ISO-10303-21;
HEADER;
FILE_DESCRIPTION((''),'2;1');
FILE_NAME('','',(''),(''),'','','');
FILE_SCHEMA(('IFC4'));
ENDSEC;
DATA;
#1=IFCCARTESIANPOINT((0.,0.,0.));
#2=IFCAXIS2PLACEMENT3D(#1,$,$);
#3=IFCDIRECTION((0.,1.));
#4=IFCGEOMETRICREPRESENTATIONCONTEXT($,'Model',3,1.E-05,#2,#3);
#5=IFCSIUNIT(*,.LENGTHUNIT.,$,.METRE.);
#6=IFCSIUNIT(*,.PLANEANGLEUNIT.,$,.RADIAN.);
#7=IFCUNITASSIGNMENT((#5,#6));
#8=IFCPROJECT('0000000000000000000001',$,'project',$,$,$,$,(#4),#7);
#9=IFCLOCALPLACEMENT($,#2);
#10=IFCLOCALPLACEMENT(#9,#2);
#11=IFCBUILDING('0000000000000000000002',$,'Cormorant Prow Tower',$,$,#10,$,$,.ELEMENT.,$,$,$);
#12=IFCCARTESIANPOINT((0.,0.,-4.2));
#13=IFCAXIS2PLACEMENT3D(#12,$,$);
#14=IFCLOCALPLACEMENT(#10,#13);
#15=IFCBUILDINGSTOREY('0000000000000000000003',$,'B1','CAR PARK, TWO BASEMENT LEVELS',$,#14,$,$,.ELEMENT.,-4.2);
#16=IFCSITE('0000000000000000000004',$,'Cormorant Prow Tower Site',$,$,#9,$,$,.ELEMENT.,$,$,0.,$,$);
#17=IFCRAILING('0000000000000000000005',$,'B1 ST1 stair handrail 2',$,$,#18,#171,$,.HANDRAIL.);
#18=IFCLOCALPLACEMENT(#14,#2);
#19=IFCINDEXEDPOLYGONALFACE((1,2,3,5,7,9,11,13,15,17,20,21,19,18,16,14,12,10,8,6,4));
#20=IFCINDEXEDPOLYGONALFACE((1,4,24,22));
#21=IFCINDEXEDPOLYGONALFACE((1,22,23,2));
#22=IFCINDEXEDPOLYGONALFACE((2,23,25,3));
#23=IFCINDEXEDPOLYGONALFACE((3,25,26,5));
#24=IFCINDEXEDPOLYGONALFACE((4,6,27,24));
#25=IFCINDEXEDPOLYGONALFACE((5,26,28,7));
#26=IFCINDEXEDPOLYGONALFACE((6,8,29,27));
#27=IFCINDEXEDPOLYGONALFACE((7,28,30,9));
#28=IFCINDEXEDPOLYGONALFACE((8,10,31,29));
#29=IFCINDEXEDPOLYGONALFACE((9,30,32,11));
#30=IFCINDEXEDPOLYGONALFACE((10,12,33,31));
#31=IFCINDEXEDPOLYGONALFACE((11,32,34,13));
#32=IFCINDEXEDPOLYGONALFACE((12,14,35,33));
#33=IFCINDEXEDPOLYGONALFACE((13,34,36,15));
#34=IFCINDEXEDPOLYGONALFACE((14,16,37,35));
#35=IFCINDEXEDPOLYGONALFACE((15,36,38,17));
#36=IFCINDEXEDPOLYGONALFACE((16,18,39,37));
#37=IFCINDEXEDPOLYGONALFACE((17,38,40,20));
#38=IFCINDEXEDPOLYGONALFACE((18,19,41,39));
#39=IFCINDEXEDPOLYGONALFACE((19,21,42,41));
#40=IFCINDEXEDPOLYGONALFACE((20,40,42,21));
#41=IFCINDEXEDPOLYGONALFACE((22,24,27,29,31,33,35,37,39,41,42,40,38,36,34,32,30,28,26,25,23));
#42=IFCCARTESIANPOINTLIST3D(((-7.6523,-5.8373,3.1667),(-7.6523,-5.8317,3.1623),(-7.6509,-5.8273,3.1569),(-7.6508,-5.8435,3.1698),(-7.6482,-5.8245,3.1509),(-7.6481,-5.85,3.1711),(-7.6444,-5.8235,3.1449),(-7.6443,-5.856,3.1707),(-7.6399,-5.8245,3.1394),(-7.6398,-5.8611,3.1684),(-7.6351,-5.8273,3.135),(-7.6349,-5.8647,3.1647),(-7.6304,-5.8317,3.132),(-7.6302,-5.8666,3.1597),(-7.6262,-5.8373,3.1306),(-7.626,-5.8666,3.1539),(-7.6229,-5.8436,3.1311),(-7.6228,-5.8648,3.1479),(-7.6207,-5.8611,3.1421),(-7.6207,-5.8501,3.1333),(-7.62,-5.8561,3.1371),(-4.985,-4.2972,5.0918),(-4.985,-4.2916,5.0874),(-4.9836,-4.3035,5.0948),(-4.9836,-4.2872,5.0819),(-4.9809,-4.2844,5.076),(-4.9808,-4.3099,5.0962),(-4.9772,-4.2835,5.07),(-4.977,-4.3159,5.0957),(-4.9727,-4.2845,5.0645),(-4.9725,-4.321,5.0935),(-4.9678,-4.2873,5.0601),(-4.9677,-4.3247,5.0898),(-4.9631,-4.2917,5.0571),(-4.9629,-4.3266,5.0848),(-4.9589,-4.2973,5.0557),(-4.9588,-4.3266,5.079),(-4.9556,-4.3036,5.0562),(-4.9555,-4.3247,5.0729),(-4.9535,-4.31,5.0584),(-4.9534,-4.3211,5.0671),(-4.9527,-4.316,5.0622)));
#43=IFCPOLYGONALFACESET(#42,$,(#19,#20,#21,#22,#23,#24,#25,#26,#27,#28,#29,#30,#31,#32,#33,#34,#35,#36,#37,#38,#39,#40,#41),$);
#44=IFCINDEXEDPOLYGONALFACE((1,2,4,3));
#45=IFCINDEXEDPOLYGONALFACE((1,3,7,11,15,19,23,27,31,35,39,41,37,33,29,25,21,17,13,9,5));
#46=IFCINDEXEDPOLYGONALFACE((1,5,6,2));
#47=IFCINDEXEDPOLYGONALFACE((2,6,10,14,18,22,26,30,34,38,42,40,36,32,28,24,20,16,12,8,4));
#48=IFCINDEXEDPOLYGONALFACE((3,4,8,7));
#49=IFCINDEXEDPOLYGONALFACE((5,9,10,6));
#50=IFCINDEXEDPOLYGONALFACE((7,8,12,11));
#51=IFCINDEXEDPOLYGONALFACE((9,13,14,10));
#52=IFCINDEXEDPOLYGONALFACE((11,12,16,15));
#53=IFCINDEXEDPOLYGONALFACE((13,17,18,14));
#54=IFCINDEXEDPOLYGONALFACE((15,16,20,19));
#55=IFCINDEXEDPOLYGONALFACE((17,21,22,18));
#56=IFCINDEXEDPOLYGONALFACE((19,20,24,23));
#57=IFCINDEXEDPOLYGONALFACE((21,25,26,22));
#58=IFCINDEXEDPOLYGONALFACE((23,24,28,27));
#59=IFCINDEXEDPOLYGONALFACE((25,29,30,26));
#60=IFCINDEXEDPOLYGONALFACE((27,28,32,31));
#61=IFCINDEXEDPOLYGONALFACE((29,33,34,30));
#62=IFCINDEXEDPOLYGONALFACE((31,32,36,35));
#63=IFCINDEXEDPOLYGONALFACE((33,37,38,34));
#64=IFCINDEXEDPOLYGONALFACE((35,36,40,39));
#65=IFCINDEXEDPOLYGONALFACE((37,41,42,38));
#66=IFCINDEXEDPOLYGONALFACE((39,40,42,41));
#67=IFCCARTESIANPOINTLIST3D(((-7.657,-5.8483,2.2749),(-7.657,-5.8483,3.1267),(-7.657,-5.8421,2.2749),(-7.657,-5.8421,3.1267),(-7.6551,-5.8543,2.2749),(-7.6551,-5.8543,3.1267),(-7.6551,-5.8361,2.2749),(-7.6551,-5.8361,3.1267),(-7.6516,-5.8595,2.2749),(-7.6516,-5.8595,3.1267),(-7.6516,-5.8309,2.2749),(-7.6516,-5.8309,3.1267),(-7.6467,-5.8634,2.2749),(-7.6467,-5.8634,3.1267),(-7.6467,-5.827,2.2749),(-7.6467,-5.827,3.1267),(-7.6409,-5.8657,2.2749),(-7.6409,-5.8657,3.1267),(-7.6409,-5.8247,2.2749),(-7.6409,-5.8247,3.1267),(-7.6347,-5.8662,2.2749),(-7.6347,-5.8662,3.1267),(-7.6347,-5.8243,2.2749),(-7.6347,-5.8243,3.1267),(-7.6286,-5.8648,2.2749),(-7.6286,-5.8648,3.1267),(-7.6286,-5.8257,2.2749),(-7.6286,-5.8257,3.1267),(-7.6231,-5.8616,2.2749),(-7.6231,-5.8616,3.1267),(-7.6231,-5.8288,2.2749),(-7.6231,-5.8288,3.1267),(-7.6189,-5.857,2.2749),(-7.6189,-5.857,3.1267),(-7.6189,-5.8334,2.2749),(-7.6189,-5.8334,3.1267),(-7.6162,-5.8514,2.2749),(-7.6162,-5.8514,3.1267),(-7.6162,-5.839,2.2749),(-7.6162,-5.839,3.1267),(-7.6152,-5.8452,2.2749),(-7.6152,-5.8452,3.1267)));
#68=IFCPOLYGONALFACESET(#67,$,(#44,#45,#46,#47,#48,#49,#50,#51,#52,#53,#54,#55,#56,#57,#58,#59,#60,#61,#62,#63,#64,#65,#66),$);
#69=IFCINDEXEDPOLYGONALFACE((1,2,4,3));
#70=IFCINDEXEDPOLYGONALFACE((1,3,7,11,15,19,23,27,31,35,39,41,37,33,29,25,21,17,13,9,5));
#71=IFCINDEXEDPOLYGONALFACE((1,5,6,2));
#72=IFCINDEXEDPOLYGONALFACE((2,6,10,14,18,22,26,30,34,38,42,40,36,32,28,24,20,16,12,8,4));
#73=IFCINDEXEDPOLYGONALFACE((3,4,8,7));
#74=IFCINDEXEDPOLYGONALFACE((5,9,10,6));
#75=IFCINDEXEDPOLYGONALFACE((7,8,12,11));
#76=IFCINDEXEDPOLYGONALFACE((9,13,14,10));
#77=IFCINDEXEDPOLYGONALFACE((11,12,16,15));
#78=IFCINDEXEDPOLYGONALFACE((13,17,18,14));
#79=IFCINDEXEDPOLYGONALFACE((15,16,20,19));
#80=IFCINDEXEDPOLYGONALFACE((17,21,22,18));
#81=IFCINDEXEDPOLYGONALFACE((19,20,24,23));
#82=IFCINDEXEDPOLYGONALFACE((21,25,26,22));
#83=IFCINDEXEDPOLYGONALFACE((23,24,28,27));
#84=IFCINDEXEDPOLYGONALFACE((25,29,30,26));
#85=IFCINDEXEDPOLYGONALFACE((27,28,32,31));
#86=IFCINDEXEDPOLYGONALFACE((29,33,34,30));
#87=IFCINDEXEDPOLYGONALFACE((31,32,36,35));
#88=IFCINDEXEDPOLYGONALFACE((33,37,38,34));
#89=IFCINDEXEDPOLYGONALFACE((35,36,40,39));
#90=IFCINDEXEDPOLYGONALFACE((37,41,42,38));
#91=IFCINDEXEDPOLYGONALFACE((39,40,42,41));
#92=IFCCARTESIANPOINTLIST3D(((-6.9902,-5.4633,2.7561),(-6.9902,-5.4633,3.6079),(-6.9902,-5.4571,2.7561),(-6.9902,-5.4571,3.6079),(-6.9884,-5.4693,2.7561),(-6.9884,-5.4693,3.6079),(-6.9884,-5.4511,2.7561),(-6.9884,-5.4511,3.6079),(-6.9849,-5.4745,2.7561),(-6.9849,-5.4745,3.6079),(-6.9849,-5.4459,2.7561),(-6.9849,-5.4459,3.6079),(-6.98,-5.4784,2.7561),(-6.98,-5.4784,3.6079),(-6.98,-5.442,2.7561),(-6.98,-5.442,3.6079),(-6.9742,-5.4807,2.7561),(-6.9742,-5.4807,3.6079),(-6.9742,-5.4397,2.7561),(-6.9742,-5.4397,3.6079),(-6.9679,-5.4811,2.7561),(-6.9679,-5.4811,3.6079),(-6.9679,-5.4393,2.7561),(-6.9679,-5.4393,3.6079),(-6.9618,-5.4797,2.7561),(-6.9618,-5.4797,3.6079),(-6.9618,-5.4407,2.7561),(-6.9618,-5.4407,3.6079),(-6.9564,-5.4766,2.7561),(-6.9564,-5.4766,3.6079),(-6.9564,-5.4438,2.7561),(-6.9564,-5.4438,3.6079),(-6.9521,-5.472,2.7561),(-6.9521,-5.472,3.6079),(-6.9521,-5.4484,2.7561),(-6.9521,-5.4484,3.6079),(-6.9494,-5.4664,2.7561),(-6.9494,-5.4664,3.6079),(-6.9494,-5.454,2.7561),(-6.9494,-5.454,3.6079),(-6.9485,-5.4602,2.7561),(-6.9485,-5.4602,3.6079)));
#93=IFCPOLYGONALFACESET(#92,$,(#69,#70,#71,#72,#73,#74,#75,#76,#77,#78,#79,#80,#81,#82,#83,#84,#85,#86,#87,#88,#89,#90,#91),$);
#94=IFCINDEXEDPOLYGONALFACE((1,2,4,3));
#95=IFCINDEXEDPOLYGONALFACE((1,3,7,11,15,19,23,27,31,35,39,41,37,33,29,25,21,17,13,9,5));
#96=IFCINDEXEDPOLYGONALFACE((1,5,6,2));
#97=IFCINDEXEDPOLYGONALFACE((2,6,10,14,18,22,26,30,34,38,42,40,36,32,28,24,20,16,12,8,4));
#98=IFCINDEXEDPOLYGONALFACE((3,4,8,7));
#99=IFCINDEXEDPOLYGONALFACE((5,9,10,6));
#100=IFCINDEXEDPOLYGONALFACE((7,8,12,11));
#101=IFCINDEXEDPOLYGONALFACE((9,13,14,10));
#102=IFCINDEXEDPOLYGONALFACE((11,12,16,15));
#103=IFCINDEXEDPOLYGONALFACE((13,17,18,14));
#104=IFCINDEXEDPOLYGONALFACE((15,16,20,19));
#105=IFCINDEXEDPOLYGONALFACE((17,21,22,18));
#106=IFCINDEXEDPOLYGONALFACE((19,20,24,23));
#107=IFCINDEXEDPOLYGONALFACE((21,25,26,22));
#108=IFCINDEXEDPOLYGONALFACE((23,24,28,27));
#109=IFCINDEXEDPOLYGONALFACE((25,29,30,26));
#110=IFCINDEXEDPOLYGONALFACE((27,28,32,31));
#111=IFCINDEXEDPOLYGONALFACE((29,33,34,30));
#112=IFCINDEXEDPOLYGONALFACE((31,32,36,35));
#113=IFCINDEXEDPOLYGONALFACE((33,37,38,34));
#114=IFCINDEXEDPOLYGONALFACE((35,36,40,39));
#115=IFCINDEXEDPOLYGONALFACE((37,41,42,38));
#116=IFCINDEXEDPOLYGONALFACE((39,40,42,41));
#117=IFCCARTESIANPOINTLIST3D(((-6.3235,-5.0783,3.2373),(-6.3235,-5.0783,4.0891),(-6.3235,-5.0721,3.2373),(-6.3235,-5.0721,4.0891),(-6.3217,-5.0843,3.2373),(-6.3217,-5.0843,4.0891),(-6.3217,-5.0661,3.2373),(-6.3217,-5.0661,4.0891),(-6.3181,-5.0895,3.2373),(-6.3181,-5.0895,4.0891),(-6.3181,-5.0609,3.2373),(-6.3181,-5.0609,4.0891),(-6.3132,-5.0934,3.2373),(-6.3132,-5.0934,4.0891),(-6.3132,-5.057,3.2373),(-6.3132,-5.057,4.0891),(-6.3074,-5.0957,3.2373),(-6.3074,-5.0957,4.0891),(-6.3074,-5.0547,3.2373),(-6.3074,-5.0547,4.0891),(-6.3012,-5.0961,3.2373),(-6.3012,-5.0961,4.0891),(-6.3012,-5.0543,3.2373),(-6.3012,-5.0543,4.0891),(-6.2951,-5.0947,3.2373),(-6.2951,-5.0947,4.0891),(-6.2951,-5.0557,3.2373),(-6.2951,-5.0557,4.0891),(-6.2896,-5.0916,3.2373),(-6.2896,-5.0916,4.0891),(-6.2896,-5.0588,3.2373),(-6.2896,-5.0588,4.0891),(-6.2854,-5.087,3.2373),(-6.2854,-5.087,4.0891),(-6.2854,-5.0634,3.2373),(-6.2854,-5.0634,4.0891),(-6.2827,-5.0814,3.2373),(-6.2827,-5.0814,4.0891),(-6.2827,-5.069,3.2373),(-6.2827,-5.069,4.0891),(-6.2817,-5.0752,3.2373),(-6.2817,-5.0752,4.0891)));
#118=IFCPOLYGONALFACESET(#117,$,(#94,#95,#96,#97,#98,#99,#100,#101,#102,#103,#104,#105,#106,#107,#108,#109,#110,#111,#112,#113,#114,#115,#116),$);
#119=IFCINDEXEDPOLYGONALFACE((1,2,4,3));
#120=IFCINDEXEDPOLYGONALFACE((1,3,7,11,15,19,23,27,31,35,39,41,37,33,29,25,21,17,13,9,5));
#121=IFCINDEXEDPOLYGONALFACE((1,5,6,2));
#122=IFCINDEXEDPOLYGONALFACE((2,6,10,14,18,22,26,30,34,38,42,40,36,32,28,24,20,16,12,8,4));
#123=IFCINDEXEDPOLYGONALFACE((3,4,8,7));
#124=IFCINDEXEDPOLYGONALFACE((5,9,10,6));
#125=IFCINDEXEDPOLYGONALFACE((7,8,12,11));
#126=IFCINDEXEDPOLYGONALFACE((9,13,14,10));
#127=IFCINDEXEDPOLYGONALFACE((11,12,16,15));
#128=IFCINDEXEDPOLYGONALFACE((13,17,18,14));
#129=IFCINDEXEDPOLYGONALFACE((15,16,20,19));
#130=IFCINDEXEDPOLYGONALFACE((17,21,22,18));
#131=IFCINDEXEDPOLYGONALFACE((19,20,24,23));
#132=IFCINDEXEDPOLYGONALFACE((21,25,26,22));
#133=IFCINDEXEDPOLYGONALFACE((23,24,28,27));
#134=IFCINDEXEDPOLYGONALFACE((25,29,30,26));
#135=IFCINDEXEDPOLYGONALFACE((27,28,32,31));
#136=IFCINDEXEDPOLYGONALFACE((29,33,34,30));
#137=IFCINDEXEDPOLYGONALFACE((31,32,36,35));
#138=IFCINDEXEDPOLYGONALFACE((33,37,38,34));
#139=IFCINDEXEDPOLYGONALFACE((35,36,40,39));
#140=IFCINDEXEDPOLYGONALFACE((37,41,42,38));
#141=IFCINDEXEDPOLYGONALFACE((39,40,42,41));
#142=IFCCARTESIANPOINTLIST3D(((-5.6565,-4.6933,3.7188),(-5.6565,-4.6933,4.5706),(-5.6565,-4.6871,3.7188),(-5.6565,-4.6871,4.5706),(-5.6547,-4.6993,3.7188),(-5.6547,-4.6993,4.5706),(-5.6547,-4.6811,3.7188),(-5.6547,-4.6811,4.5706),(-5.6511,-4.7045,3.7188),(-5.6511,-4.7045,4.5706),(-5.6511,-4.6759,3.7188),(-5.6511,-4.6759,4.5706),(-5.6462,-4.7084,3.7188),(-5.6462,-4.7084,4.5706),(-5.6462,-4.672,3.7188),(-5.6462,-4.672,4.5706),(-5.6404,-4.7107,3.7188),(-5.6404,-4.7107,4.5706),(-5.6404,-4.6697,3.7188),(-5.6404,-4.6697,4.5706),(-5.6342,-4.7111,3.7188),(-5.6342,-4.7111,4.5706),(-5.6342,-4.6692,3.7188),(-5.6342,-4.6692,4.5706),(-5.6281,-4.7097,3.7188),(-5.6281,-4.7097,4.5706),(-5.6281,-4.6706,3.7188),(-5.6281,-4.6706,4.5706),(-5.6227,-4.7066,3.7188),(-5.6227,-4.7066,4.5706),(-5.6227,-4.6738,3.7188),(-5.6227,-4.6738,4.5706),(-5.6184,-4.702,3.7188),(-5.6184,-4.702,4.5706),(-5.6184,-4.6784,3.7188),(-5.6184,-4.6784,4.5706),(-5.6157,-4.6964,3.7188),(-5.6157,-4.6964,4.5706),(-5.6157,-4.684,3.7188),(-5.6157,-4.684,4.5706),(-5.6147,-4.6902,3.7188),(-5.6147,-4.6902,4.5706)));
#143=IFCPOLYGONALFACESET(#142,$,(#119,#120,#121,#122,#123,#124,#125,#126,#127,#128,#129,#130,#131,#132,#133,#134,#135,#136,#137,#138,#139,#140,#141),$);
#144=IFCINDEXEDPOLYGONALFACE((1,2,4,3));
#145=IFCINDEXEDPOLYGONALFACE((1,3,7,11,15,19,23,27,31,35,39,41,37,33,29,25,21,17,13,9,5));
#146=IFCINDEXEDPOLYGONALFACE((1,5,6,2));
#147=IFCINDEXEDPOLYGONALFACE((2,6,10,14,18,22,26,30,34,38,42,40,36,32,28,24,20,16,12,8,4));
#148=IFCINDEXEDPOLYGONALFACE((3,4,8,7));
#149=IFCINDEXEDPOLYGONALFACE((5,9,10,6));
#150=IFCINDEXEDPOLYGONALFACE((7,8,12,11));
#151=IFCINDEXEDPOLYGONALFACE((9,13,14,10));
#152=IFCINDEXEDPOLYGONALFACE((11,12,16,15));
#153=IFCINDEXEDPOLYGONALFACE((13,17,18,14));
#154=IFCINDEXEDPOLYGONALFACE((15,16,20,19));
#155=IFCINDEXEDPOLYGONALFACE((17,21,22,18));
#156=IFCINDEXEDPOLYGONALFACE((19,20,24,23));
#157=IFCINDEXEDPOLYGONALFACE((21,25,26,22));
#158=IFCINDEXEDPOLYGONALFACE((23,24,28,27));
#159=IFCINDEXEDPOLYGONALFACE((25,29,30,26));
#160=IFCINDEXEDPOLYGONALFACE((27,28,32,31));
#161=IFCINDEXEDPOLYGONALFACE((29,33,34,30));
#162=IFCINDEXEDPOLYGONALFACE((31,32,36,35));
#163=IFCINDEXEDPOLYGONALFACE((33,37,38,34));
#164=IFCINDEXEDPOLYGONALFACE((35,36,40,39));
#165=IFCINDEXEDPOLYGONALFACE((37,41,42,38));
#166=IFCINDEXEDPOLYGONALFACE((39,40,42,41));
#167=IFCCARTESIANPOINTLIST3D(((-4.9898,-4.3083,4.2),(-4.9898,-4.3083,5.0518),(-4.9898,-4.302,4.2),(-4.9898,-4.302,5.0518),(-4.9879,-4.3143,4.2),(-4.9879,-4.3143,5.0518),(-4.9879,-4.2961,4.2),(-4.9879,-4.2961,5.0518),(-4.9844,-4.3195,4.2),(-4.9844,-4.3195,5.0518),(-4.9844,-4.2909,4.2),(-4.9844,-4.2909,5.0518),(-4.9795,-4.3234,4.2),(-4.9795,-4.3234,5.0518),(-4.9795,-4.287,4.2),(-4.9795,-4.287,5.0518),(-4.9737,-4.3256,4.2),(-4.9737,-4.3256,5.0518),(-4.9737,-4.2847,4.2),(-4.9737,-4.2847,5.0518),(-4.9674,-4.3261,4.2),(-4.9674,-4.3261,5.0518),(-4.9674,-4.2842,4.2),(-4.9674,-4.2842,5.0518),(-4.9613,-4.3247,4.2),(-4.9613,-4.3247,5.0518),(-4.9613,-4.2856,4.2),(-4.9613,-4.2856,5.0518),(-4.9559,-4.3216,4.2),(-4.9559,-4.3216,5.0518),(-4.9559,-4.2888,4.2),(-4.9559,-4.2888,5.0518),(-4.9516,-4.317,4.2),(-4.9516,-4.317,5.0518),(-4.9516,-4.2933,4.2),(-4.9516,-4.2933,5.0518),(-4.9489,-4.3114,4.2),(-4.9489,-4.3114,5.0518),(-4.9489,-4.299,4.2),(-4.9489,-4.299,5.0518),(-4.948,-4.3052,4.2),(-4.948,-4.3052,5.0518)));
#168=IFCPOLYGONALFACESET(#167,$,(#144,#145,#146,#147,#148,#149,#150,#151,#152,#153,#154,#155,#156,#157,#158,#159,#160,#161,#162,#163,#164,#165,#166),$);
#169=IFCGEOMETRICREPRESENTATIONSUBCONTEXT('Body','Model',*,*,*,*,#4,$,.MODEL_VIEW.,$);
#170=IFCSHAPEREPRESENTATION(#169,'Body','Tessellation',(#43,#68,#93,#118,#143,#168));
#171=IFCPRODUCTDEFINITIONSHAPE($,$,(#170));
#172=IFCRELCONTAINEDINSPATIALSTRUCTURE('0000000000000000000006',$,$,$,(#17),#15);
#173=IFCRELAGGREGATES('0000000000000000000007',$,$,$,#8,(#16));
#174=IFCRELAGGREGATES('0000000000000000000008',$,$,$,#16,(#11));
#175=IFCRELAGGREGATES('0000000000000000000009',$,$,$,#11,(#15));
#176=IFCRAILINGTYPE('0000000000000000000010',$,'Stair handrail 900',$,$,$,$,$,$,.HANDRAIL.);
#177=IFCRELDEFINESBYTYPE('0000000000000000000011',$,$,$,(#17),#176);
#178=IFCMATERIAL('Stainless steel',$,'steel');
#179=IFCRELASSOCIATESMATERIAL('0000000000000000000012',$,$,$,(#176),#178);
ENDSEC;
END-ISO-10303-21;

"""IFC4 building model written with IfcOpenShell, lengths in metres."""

from ifc_helpers import new_model, si_unit, direction, frame, origin, origin_2d, place, context, subcontext, project, spatial, circle, extrude, material, type_object, element, save


model = new_model("IFC4")

# Units and contexts
model_context = context("Model", 3, precision=1e-05, world=origin(), true_north=direction((0.0, 1.0)))
body_context = subcontext(model_context, "Body", "Model", "MODEL_VIEW")
ifc_project = project(units=[si_unit("LENGTHUNIT", "METRE"), si_unit("PLANEANGLEUNIT", "RADIAN")], contexts=[model_context])

# Site, building, storey
site_placement = place(None, origin())
site = spatial("IfcSite", under=ifc_project, at=site_placement, Name="Cormorant Prow Tower Site", CompositionType="ELEMENT", RefElevation=0.0)
building_placement = place(site_placement, origin())
building = spatial("IfcBuilding", under=site, at=building_placement, Name="Cormorant Prow Tower", CompositionType="ELEMENT")
storey_placement = place(building_placement, frame((0.0, 0.0, -4.2)))
storey = spatial("IfcBuildingStorey", under=building, at=storey_placement, Name="B1", Description="CAR PARK, TWO BASEMENT LEVELS", CompositionType="ELEMENT", Elevation=-4.2)

# Railing
ifc_material_1 = material(Name="Stainless steel", Category="steel")
railing_type = type_object("IfcRailingType", Name="Stair handrail 900", PredefinedType="HANDRAIL", material=ifc_material_1)
railing_placement = place(storey_placement, frame((-7.6362, -5.8452, 2.2749)))
element("IfcRailing", 1, at=railing_placement, inside=storey, type_object=railing_type, Name="B1 ST1 stair handrail 2", PredefinedType="HANDRAIL", context=body_context, shape_type="SweptSolid", body=[
    extrude(circle(Radius=0.0239, at=origin_2d()), frame((0.0, 0.0, 0.876), z_axis=(0.734364, 0.424015, 0.530019), x_axis=(-0.500027, 0.86601, 0.0)), (0.0, 0.0, 1.0), 3.6321),
    extrude(circle(Radius=0.021, at=origin_2d()), origin(), (0.0, 0.0, 1.0), 0.8518),
    extrude(circle(Radius=0.021, at=origin_2d()), frame((0.6667, 0.385, 0.4812)), (0.0, 0.0, 1.0), 0.8518),
    extrude(circle(Radius=0.021, at=origin_2d()), frame((1.3335, 0.77, 0.9624)), (0.0, 0.0, 1.0), 0.8518),
    extrude(circle(Radius=0.021, at=origin_2d()), frame((2.0005, 1.155, 1.4438)), (0.0, 0.0, 1.0), 0.8518),
    extrude(circle(Radius=0.021, at=origin_2d()), frame((2.6672, 1.54, 1.925)), (0.0, 0.0, 1.0), 0.8518),
])

save(model, "model.ifc")
